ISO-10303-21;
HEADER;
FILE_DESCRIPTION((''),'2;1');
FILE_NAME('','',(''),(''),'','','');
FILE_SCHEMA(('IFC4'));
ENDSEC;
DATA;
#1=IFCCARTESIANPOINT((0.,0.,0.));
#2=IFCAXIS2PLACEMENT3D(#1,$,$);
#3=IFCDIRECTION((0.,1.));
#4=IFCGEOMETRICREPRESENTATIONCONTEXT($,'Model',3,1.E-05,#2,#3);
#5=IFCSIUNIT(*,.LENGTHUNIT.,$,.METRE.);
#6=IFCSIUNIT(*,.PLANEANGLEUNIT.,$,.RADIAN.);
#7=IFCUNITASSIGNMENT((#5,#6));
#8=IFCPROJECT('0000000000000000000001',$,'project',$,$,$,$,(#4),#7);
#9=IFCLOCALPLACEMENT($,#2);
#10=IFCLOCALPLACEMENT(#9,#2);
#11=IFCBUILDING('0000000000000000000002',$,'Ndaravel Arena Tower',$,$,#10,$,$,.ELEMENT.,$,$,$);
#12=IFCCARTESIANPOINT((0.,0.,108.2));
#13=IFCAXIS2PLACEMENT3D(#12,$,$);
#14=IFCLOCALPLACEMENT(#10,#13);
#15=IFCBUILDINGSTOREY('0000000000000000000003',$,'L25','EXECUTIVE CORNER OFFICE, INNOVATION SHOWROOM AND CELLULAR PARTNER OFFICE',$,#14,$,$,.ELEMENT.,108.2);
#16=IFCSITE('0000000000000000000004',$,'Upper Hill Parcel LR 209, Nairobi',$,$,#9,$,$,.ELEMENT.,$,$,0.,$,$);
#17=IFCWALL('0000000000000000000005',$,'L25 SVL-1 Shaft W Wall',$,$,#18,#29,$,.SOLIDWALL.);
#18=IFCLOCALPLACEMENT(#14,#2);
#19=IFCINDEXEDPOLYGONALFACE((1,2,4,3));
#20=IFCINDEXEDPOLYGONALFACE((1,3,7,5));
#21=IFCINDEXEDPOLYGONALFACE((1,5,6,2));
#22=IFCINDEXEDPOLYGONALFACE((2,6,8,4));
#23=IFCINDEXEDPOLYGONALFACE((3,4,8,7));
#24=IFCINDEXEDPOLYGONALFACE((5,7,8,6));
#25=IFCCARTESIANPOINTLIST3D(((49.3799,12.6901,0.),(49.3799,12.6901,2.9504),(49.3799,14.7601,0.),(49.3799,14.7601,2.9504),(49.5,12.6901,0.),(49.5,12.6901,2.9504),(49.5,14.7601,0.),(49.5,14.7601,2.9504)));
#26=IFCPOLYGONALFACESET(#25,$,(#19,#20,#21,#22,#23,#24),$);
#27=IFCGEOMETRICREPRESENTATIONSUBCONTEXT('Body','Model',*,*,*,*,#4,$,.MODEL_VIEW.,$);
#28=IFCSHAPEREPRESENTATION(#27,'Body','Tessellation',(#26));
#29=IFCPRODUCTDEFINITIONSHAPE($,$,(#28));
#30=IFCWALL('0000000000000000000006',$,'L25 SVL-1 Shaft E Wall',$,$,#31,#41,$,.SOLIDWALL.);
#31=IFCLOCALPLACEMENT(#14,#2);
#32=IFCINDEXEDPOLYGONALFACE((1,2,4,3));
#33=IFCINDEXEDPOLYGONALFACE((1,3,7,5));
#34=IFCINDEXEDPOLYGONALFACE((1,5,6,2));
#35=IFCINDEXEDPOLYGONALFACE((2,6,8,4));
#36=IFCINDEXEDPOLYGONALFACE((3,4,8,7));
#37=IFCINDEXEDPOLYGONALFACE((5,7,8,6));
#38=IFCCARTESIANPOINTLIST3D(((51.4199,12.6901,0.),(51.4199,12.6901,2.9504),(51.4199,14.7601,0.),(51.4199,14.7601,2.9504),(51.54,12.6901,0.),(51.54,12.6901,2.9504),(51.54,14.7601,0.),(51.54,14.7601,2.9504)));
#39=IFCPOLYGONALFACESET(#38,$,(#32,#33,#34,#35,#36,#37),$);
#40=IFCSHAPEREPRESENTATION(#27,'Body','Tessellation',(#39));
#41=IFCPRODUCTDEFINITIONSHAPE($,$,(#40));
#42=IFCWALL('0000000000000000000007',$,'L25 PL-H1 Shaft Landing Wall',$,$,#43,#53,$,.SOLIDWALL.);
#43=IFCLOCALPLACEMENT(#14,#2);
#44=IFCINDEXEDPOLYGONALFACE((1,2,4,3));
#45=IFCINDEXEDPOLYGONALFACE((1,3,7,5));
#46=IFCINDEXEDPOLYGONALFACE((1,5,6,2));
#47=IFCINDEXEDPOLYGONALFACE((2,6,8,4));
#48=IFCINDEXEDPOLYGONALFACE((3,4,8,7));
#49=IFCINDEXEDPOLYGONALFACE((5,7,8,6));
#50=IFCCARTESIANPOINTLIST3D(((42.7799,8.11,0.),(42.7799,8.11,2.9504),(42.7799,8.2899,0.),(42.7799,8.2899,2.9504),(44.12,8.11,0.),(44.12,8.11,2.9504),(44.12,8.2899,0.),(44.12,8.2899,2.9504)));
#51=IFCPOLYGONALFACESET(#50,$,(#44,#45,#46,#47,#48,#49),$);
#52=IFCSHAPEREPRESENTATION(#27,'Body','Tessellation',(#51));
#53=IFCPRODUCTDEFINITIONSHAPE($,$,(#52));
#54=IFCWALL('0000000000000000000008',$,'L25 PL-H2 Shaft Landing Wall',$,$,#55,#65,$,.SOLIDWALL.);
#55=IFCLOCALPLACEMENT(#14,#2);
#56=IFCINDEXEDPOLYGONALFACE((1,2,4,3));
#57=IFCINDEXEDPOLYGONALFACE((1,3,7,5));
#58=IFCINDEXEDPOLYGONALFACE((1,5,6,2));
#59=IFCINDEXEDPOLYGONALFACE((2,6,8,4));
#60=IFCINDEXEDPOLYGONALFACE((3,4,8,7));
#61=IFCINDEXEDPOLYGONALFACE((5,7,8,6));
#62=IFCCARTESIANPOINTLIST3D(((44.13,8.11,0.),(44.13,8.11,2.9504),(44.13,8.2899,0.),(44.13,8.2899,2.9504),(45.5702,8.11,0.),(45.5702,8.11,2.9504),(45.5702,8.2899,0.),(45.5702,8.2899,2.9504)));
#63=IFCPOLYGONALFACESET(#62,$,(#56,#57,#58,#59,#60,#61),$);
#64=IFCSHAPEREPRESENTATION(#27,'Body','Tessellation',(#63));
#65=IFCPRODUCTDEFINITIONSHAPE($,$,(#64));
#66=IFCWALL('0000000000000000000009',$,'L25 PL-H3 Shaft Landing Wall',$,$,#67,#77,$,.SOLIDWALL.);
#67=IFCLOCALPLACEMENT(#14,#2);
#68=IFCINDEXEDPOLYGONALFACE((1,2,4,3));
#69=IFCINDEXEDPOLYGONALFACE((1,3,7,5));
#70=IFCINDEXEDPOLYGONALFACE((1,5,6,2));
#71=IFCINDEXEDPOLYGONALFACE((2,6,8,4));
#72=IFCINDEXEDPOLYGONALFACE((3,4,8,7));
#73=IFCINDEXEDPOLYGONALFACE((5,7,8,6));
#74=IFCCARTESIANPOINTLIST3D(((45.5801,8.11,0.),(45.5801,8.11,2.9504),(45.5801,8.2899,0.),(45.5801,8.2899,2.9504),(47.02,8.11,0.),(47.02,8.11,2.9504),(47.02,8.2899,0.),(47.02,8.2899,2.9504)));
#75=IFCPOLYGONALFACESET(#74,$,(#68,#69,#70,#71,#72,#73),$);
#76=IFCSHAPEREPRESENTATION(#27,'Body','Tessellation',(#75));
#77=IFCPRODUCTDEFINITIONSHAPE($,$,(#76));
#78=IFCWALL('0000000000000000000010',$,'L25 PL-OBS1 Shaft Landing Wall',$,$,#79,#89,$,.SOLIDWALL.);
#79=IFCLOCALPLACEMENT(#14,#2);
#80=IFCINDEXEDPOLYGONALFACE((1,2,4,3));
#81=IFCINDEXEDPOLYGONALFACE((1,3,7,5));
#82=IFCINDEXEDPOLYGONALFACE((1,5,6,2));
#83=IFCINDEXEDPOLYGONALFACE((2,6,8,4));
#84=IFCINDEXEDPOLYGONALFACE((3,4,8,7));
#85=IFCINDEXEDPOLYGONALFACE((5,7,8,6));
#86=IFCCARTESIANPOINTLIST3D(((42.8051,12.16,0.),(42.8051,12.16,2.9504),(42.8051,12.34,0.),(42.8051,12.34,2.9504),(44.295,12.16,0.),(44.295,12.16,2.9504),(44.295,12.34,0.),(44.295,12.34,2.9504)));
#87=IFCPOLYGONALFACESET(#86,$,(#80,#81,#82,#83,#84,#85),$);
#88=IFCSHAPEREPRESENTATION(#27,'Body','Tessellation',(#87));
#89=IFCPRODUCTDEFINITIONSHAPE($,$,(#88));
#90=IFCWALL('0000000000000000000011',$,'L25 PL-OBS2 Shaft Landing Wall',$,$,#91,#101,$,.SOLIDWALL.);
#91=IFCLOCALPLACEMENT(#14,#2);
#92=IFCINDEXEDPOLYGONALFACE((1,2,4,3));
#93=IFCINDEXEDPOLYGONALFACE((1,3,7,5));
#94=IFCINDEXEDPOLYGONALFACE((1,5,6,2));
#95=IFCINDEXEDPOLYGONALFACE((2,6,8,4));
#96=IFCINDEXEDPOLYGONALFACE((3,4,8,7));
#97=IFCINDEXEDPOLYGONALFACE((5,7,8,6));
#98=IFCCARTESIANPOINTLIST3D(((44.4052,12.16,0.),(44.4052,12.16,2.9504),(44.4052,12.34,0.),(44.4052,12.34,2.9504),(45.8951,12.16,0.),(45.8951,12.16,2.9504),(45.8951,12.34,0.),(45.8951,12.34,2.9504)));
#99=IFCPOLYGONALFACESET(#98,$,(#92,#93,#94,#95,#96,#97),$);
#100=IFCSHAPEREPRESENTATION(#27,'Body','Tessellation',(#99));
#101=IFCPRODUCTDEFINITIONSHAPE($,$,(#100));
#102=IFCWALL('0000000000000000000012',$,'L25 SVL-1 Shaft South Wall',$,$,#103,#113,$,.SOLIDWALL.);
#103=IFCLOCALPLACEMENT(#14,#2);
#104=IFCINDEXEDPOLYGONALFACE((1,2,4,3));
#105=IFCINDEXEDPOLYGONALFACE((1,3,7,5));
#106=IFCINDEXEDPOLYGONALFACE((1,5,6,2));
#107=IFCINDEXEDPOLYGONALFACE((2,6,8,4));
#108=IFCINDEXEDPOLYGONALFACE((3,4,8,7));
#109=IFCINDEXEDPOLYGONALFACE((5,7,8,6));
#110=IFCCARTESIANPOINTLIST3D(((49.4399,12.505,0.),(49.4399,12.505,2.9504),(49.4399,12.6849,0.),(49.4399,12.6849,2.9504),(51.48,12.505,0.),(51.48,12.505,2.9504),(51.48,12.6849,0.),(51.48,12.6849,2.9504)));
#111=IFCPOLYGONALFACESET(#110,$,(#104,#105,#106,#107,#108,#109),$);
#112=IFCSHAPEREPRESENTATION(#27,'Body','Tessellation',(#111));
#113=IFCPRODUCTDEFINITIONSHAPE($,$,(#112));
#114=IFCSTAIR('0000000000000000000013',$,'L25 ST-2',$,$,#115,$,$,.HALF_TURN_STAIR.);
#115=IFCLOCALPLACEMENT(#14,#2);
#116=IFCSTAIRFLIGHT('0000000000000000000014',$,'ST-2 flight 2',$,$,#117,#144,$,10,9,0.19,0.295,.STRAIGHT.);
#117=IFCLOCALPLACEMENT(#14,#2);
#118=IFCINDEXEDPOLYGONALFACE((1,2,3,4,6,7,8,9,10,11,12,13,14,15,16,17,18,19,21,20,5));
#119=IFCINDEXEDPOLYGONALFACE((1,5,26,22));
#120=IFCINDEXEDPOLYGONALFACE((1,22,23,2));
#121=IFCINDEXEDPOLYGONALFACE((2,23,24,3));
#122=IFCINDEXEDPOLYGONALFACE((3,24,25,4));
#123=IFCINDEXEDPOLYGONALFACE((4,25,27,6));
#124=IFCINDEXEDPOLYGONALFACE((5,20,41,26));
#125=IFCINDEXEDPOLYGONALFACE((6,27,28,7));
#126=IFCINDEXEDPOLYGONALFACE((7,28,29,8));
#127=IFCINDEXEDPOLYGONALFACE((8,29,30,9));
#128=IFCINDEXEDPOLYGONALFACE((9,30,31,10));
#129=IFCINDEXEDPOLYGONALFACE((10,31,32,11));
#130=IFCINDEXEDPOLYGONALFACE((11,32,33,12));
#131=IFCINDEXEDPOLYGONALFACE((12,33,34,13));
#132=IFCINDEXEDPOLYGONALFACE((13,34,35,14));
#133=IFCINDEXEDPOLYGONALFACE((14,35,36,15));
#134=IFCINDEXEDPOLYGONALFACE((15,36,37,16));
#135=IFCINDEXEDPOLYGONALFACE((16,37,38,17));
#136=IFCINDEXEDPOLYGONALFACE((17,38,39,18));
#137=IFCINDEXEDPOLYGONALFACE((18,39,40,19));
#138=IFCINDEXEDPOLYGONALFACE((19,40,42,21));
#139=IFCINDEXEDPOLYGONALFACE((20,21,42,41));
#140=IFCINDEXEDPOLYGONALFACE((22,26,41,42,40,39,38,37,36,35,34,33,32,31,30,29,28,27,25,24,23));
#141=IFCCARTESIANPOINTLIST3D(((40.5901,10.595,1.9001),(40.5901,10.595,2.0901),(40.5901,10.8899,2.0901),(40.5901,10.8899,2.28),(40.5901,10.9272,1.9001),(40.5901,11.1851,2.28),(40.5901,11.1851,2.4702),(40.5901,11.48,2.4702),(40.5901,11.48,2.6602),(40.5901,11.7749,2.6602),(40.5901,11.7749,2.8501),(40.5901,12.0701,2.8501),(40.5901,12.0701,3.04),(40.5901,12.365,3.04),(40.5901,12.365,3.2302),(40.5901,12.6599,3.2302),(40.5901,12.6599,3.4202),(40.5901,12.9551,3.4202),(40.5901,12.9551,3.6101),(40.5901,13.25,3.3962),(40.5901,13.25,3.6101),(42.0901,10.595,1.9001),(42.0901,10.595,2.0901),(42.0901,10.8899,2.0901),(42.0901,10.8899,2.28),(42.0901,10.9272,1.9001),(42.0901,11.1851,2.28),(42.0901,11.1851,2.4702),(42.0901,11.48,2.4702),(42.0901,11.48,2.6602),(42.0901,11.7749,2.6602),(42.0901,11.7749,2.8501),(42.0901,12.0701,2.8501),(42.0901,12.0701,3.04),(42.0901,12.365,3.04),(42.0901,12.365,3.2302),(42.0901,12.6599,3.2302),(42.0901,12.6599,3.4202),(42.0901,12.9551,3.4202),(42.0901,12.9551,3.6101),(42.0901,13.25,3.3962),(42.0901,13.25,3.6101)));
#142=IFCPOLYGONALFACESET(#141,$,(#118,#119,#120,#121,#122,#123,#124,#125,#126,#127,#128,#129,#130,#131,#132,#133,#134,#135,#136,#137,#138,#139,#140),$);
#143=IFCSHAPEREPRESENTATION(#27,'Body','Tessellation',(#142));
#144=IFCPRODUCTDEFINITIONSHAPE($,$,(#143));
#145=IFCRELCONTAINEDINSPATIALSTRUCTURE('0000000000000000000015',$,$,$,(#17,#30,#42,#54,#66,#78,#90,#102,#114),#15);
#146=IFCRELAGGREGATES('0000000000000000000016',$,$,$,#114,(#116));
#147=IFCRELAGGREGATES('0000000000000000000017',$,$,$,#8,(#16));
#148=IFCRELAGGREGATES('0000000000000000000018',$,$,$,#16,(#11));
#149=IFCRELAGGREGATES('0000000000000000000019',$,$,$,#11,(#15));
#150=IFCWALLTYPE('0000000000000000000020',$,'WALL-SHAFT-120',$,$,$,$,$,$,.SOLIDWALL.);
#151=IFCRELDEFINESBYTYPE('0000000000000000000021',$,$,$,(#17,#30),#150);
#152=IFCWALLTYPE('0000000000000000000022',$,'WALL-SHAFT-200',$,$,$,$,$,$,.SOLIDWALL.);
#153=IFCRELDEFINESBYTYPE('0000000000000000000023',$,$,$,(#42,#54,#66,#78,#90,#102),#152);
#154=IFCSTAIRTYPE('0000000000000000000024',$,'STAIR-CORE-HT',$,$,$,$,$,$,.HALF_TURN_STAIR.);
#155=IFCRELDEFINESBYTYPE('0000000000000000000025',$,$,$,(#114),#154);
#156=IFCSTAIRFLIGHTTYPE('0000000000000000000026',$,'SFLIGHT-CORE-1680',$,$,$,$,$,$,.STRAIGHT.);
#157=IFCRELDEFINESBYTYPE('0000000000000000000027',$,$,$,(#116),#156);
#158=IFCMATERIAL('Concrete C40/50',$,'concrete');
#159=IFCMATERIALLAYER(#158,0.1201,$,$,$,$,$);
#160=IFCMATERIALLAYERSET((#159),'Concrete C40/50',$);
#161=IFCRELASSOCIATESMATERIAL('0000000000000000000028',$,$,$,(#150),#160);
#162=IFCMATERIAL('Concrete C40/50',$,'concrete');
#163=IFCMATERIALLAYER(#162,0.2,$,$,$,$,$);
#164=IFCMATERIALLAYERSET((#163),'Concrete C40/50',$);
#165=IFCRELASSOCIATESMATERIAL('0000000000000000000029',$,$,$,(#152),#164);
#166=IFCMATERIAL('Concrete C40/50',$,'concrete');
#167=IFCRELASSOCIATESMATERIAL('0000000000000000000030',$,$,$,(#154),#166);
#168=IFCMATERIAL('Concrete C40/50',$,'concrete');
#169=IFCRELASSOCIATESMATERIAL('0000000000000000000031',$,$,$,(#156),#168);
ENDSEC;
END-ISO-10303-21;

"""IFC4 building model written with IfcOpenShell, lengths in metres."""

from ifc_helpers import new_model, si_unit, direction, frame, frame_2d, origin, place, context, subcontext, project, spatial, polyline, rectangle, outline, extrude, material, layer, layer_set, type_object, element, aggregate, save


model = new_model("IFC4")

# Units and contexts
model_context = context("Model", 3, precision=1e-05, world=origin(), true_north=direction((0.0, 1.0)))
body_context = subcontext(model_context, "Body", "Model", "MODEL_VIEW")
ifc_project = project(units=[si_unit("LENGTHUNIT", "METRE"), si_unit("PLANEANGLEUNIT", "RADIAN")], contexts=[model_context])

# Site, building, storey
site_placement = place(None, origin())
site = spatial("IfcSite", under=ifc_project, at=site_placement, Name="Upper Hill Parcel LR 209, Nairobi", CompositionType="ELEMENT", RefElevation=0.0)
building_placement = place(site_placement, origin())
building = spatial("IfcBuilding", under=site, at=building_placement, Name="Ndaravel Arena Tower", CompositionType="ELEMENT")
storey_placement = place(building_placement, frame((0.0, 0.0, 108.2)))
storey = spatial("IfcBuildingStorey", under=building, at=storey_placement, Name="L25", Description="EXECUTIVE CORNER OFFICE, INNOVATION SHOWROOM AND CELLULAR PARTNER OFFICE", CompositionType="ELEMENT", Elevation=108.2)

# Walls
ifc_material_1 = material(Name="Concrete C40/50", Category="concrete")
ifc_layer_1 = layer(ifc_material_1, 0.1201)
ifc_layer_set_1 = layer_set([ifc_layer_1], Name="Concrete C40/50")
wall_type_1 = type_object("IfcWallType", Name="WALL-SHAFT-120", PredefinedType="SOLIDWALL", material=ifc_layer_set_1)
for number, where, z_axis, x_axis, name in (
    (1, (49.4399, 12.6899, 0.0), (0.0, 0.0, 1.0), (0.0, 1.0, 0.0), "L25 SVL-1 Shaft W Wall"),
    (2, (51.48, 12.6899, 0.0), (0.0, 0.0, 1.0), (0.0, 1.0, 0.0), "L25 SVL-1 Shaft E Wall"),
):
    element("IfcWall", number, at=place(storey_placement, frame(where, z_axis=z_axis, x_axis=x_axis)), inside=storey, type_object=wall_type_1, Name=name, PredefinedType="SOLIDWALL", context=body_context, shape_type="SweptSolid", body=[
        extrude(rectangle(XDim=2.0701, YDim=0.1201, at=frame_2d((1.0352, 0.0))), origin(), (0.0, 0.0, 1.0), 2.9504),
    ])
ifc_material_2 = material(Name="Concrete C40/50", Category="concrete")
ifc_layer_2 = layer(ifc_material_2, 0.2)
ifc_layer_set_2 = layer_set([ifc_layer_2], Name="Concrete C40/50")
wall_type_2 = type_object("IfcWallType", Name="WALL-SHAFT-200", PredefinedType="SOLIDWALL", material=ifc_layer_set_2)
wall_1_placement = place(storey_placement, frame((42.78, 8.2, 0.0), z_axis=(0.0, 0.0, 1.0), x_axis=(1.0, 0.0, 0.0)))
element("IfcWall", 3, at=wall_1_placement, inside=storey, type_object=wall_type_2, Name="L25 PL-H1 Shaft Landing Wall", PredefinedType="SOLIDWALL", context=body_context, shape_type="SweptSolid", body=[
    extrude(rectangle(XDim=1.3401, YDim=0.1799, at=frame_2d((0.6699, 0.0))), origin(), (0.0, 0.0, 1.0), 2.9504),
])
wall_2_placement = place(storey_placement, frame((44.1299, 8.2, 0.0), z_axis=(0.0, 0.0, 1.0), x_axis=(1.0, 0.0, 0.0)))
element("IfcWall", 4, at=wall_2_placement, inside=storey, type_object=wall_type_2, Name="L25 PL-H2 Shaft Landing Wall", PredefinedType="SOLIDWALL", context=body_context, shape_type="SweptSolid", body=[
    extrude(rectangle(XDim=1.4402, YDim=0.1799, at=frame_2d((0.7202, 0.0))), origin(), (0.0, 0.0, 1.0), 2.9504),
])
wall_3_placement = place(storey_placement, frame((45.5801, 8.2, 0.0), z_axis=(0.0, 0.0, 1.0), x_axis=(1.0, 0.0, 0.0)))
element("IfcWall", 5, at=wall_3_placement, inside=storey, type_object=wall_type_2, Name="L25 PL-H3 Shaft Landing Wall", PredefinedType="SOLIDWALL", context=body_context, shape_type="SweptSolid", body=[
    extrude(rectangle(XDim=1.4399, YDim=0.1799, at=frame_2d((0.72, 0.0))), origin(), (0.0, 0.0, 1.0), 2.9504),
])
for number, where, z_axis, x_axis, name in (
    (6, (42.8049, 12.25, 0.0), (0.0, 0.0, 1.0), (1.0, 0.0, 0.0), "L25 PL-OBS1 Shaft Landing Wall"),
    (7, (44.405, 12.25, 0.0), (0.0, 0.0, 1.0), (1.0, 0.0, 0.0), "L25 PL-OBS2 Shaft Landing Wall"),
):
    element("IfcWall", number, at=place(storey_placement, frame(where, z_axis=z_axis, x_axis=x_axis)), inside=storey, type_object=wall_type_2, Name=name, PredefinedType="SOLIDWALL", context=body_context, shape_type="SweptSolid", body=[
        extrude(rectangle(XDim=1.49, YDim=0.1799, at=frame_2d((0.7451, 0.0))), origin(), (0.0, 0.0, 1.0), 2.9504),
    ])

# Wall
wall_4_placement = place(storey_placement, frame((49.4399, 12.595, 0.0), z_axis=(0.0, 0.0, 1.0), x_axis=(1.0, 0.0, 0.0)))
element("IfcWall", 8, at=wall_4_placement, inside=storey, type_object=wall_type_2, Name="L25 SVL-1 Shaft South Wall", PredefinedType="SOLIDWALL", context=body_context, shape_type="SweptSolid", body=[
    extrude(rectangle(XDim=2.04, YDim=0.1799, at=frame_2d((1.02, 0.0))), origin(), (0.0, 0.0, 1.0), 2.9504),
])

# Stair, stair flight
ifc_material_3 = material(Name="Concrete C40/50", Category="concrete")
stair_type = type_object("IfcStairType", Name="STAIR-CORE-HT", PredefinedType="HALF_TURN_STAIR", material=ifc_material_3)
stair_placement = place(storey_placement, origin())
stair = element("IfcStair", 9, at=stair_placement, inside=storey, type_object=stair_type, Name="L25 ST-2", PredefinedType="HALF_TURN_STAIR")
ifc_material_4 = material(Name="Concrete C40/50", Category="concrete")
stair_flight_type = type_object("IfcStairFlightType", Name="SFLIGHT-CORE-1680", PredefinedType="STRAIGHT", material=ifc_material_4)
stair_flight_placement = place(storey_placement, frame((41.3401, 10.595, 1.9001), z_axis=(0.0, 0.0, 1.0), x_axis=(0.0, 1.0, 0.0)))
stair_flight = element("IfcStairFlight", 10, at=stair_flight_placement, type_object=stair_flight_type, Name="ST-2 flight 2", NumberOfRisers=10, NumberOfTreads=9, PredefinedType="STRAIGHT", RiserHeight=0.19, TreadLength=0.295, context=body_context, shape_type="SweptSolid", body=[
    extrude(outline(polyline([(0.0, 0.0), (0.0, 0.1899), (0.2949, 0.1899), (0.2949, 0.3799), (0.5901, 0.3799), (0.5901, 0.5701), (0.885, 0.5701), (0.885, 0.76), (1.1799, 0.76), (1.1799, 0.95), (1.4751, 0.95), (1.4751, 1.1399), (1.77, 1.1399), (1.77, 1.3301), (2.0649, 1.3301), (2.0649, 1.52), (2.3601, 1.52), (2.3601, 1.71), (2.655, 1.71), (2.655, 1.8999), (2.655, 1.4961), (0.3323, 0.0), (0.0, 0.0)])), frame((0.0, 0.75, 0.0), z_axis=(0.0, -1.0, 0.0), x_axis=(1.0, 0.0, 0.0)), (0.0, 0.0, 1.0), 1.5),
])
aggregate(stair, [stair_flight])

save(model, "model.ifc")
